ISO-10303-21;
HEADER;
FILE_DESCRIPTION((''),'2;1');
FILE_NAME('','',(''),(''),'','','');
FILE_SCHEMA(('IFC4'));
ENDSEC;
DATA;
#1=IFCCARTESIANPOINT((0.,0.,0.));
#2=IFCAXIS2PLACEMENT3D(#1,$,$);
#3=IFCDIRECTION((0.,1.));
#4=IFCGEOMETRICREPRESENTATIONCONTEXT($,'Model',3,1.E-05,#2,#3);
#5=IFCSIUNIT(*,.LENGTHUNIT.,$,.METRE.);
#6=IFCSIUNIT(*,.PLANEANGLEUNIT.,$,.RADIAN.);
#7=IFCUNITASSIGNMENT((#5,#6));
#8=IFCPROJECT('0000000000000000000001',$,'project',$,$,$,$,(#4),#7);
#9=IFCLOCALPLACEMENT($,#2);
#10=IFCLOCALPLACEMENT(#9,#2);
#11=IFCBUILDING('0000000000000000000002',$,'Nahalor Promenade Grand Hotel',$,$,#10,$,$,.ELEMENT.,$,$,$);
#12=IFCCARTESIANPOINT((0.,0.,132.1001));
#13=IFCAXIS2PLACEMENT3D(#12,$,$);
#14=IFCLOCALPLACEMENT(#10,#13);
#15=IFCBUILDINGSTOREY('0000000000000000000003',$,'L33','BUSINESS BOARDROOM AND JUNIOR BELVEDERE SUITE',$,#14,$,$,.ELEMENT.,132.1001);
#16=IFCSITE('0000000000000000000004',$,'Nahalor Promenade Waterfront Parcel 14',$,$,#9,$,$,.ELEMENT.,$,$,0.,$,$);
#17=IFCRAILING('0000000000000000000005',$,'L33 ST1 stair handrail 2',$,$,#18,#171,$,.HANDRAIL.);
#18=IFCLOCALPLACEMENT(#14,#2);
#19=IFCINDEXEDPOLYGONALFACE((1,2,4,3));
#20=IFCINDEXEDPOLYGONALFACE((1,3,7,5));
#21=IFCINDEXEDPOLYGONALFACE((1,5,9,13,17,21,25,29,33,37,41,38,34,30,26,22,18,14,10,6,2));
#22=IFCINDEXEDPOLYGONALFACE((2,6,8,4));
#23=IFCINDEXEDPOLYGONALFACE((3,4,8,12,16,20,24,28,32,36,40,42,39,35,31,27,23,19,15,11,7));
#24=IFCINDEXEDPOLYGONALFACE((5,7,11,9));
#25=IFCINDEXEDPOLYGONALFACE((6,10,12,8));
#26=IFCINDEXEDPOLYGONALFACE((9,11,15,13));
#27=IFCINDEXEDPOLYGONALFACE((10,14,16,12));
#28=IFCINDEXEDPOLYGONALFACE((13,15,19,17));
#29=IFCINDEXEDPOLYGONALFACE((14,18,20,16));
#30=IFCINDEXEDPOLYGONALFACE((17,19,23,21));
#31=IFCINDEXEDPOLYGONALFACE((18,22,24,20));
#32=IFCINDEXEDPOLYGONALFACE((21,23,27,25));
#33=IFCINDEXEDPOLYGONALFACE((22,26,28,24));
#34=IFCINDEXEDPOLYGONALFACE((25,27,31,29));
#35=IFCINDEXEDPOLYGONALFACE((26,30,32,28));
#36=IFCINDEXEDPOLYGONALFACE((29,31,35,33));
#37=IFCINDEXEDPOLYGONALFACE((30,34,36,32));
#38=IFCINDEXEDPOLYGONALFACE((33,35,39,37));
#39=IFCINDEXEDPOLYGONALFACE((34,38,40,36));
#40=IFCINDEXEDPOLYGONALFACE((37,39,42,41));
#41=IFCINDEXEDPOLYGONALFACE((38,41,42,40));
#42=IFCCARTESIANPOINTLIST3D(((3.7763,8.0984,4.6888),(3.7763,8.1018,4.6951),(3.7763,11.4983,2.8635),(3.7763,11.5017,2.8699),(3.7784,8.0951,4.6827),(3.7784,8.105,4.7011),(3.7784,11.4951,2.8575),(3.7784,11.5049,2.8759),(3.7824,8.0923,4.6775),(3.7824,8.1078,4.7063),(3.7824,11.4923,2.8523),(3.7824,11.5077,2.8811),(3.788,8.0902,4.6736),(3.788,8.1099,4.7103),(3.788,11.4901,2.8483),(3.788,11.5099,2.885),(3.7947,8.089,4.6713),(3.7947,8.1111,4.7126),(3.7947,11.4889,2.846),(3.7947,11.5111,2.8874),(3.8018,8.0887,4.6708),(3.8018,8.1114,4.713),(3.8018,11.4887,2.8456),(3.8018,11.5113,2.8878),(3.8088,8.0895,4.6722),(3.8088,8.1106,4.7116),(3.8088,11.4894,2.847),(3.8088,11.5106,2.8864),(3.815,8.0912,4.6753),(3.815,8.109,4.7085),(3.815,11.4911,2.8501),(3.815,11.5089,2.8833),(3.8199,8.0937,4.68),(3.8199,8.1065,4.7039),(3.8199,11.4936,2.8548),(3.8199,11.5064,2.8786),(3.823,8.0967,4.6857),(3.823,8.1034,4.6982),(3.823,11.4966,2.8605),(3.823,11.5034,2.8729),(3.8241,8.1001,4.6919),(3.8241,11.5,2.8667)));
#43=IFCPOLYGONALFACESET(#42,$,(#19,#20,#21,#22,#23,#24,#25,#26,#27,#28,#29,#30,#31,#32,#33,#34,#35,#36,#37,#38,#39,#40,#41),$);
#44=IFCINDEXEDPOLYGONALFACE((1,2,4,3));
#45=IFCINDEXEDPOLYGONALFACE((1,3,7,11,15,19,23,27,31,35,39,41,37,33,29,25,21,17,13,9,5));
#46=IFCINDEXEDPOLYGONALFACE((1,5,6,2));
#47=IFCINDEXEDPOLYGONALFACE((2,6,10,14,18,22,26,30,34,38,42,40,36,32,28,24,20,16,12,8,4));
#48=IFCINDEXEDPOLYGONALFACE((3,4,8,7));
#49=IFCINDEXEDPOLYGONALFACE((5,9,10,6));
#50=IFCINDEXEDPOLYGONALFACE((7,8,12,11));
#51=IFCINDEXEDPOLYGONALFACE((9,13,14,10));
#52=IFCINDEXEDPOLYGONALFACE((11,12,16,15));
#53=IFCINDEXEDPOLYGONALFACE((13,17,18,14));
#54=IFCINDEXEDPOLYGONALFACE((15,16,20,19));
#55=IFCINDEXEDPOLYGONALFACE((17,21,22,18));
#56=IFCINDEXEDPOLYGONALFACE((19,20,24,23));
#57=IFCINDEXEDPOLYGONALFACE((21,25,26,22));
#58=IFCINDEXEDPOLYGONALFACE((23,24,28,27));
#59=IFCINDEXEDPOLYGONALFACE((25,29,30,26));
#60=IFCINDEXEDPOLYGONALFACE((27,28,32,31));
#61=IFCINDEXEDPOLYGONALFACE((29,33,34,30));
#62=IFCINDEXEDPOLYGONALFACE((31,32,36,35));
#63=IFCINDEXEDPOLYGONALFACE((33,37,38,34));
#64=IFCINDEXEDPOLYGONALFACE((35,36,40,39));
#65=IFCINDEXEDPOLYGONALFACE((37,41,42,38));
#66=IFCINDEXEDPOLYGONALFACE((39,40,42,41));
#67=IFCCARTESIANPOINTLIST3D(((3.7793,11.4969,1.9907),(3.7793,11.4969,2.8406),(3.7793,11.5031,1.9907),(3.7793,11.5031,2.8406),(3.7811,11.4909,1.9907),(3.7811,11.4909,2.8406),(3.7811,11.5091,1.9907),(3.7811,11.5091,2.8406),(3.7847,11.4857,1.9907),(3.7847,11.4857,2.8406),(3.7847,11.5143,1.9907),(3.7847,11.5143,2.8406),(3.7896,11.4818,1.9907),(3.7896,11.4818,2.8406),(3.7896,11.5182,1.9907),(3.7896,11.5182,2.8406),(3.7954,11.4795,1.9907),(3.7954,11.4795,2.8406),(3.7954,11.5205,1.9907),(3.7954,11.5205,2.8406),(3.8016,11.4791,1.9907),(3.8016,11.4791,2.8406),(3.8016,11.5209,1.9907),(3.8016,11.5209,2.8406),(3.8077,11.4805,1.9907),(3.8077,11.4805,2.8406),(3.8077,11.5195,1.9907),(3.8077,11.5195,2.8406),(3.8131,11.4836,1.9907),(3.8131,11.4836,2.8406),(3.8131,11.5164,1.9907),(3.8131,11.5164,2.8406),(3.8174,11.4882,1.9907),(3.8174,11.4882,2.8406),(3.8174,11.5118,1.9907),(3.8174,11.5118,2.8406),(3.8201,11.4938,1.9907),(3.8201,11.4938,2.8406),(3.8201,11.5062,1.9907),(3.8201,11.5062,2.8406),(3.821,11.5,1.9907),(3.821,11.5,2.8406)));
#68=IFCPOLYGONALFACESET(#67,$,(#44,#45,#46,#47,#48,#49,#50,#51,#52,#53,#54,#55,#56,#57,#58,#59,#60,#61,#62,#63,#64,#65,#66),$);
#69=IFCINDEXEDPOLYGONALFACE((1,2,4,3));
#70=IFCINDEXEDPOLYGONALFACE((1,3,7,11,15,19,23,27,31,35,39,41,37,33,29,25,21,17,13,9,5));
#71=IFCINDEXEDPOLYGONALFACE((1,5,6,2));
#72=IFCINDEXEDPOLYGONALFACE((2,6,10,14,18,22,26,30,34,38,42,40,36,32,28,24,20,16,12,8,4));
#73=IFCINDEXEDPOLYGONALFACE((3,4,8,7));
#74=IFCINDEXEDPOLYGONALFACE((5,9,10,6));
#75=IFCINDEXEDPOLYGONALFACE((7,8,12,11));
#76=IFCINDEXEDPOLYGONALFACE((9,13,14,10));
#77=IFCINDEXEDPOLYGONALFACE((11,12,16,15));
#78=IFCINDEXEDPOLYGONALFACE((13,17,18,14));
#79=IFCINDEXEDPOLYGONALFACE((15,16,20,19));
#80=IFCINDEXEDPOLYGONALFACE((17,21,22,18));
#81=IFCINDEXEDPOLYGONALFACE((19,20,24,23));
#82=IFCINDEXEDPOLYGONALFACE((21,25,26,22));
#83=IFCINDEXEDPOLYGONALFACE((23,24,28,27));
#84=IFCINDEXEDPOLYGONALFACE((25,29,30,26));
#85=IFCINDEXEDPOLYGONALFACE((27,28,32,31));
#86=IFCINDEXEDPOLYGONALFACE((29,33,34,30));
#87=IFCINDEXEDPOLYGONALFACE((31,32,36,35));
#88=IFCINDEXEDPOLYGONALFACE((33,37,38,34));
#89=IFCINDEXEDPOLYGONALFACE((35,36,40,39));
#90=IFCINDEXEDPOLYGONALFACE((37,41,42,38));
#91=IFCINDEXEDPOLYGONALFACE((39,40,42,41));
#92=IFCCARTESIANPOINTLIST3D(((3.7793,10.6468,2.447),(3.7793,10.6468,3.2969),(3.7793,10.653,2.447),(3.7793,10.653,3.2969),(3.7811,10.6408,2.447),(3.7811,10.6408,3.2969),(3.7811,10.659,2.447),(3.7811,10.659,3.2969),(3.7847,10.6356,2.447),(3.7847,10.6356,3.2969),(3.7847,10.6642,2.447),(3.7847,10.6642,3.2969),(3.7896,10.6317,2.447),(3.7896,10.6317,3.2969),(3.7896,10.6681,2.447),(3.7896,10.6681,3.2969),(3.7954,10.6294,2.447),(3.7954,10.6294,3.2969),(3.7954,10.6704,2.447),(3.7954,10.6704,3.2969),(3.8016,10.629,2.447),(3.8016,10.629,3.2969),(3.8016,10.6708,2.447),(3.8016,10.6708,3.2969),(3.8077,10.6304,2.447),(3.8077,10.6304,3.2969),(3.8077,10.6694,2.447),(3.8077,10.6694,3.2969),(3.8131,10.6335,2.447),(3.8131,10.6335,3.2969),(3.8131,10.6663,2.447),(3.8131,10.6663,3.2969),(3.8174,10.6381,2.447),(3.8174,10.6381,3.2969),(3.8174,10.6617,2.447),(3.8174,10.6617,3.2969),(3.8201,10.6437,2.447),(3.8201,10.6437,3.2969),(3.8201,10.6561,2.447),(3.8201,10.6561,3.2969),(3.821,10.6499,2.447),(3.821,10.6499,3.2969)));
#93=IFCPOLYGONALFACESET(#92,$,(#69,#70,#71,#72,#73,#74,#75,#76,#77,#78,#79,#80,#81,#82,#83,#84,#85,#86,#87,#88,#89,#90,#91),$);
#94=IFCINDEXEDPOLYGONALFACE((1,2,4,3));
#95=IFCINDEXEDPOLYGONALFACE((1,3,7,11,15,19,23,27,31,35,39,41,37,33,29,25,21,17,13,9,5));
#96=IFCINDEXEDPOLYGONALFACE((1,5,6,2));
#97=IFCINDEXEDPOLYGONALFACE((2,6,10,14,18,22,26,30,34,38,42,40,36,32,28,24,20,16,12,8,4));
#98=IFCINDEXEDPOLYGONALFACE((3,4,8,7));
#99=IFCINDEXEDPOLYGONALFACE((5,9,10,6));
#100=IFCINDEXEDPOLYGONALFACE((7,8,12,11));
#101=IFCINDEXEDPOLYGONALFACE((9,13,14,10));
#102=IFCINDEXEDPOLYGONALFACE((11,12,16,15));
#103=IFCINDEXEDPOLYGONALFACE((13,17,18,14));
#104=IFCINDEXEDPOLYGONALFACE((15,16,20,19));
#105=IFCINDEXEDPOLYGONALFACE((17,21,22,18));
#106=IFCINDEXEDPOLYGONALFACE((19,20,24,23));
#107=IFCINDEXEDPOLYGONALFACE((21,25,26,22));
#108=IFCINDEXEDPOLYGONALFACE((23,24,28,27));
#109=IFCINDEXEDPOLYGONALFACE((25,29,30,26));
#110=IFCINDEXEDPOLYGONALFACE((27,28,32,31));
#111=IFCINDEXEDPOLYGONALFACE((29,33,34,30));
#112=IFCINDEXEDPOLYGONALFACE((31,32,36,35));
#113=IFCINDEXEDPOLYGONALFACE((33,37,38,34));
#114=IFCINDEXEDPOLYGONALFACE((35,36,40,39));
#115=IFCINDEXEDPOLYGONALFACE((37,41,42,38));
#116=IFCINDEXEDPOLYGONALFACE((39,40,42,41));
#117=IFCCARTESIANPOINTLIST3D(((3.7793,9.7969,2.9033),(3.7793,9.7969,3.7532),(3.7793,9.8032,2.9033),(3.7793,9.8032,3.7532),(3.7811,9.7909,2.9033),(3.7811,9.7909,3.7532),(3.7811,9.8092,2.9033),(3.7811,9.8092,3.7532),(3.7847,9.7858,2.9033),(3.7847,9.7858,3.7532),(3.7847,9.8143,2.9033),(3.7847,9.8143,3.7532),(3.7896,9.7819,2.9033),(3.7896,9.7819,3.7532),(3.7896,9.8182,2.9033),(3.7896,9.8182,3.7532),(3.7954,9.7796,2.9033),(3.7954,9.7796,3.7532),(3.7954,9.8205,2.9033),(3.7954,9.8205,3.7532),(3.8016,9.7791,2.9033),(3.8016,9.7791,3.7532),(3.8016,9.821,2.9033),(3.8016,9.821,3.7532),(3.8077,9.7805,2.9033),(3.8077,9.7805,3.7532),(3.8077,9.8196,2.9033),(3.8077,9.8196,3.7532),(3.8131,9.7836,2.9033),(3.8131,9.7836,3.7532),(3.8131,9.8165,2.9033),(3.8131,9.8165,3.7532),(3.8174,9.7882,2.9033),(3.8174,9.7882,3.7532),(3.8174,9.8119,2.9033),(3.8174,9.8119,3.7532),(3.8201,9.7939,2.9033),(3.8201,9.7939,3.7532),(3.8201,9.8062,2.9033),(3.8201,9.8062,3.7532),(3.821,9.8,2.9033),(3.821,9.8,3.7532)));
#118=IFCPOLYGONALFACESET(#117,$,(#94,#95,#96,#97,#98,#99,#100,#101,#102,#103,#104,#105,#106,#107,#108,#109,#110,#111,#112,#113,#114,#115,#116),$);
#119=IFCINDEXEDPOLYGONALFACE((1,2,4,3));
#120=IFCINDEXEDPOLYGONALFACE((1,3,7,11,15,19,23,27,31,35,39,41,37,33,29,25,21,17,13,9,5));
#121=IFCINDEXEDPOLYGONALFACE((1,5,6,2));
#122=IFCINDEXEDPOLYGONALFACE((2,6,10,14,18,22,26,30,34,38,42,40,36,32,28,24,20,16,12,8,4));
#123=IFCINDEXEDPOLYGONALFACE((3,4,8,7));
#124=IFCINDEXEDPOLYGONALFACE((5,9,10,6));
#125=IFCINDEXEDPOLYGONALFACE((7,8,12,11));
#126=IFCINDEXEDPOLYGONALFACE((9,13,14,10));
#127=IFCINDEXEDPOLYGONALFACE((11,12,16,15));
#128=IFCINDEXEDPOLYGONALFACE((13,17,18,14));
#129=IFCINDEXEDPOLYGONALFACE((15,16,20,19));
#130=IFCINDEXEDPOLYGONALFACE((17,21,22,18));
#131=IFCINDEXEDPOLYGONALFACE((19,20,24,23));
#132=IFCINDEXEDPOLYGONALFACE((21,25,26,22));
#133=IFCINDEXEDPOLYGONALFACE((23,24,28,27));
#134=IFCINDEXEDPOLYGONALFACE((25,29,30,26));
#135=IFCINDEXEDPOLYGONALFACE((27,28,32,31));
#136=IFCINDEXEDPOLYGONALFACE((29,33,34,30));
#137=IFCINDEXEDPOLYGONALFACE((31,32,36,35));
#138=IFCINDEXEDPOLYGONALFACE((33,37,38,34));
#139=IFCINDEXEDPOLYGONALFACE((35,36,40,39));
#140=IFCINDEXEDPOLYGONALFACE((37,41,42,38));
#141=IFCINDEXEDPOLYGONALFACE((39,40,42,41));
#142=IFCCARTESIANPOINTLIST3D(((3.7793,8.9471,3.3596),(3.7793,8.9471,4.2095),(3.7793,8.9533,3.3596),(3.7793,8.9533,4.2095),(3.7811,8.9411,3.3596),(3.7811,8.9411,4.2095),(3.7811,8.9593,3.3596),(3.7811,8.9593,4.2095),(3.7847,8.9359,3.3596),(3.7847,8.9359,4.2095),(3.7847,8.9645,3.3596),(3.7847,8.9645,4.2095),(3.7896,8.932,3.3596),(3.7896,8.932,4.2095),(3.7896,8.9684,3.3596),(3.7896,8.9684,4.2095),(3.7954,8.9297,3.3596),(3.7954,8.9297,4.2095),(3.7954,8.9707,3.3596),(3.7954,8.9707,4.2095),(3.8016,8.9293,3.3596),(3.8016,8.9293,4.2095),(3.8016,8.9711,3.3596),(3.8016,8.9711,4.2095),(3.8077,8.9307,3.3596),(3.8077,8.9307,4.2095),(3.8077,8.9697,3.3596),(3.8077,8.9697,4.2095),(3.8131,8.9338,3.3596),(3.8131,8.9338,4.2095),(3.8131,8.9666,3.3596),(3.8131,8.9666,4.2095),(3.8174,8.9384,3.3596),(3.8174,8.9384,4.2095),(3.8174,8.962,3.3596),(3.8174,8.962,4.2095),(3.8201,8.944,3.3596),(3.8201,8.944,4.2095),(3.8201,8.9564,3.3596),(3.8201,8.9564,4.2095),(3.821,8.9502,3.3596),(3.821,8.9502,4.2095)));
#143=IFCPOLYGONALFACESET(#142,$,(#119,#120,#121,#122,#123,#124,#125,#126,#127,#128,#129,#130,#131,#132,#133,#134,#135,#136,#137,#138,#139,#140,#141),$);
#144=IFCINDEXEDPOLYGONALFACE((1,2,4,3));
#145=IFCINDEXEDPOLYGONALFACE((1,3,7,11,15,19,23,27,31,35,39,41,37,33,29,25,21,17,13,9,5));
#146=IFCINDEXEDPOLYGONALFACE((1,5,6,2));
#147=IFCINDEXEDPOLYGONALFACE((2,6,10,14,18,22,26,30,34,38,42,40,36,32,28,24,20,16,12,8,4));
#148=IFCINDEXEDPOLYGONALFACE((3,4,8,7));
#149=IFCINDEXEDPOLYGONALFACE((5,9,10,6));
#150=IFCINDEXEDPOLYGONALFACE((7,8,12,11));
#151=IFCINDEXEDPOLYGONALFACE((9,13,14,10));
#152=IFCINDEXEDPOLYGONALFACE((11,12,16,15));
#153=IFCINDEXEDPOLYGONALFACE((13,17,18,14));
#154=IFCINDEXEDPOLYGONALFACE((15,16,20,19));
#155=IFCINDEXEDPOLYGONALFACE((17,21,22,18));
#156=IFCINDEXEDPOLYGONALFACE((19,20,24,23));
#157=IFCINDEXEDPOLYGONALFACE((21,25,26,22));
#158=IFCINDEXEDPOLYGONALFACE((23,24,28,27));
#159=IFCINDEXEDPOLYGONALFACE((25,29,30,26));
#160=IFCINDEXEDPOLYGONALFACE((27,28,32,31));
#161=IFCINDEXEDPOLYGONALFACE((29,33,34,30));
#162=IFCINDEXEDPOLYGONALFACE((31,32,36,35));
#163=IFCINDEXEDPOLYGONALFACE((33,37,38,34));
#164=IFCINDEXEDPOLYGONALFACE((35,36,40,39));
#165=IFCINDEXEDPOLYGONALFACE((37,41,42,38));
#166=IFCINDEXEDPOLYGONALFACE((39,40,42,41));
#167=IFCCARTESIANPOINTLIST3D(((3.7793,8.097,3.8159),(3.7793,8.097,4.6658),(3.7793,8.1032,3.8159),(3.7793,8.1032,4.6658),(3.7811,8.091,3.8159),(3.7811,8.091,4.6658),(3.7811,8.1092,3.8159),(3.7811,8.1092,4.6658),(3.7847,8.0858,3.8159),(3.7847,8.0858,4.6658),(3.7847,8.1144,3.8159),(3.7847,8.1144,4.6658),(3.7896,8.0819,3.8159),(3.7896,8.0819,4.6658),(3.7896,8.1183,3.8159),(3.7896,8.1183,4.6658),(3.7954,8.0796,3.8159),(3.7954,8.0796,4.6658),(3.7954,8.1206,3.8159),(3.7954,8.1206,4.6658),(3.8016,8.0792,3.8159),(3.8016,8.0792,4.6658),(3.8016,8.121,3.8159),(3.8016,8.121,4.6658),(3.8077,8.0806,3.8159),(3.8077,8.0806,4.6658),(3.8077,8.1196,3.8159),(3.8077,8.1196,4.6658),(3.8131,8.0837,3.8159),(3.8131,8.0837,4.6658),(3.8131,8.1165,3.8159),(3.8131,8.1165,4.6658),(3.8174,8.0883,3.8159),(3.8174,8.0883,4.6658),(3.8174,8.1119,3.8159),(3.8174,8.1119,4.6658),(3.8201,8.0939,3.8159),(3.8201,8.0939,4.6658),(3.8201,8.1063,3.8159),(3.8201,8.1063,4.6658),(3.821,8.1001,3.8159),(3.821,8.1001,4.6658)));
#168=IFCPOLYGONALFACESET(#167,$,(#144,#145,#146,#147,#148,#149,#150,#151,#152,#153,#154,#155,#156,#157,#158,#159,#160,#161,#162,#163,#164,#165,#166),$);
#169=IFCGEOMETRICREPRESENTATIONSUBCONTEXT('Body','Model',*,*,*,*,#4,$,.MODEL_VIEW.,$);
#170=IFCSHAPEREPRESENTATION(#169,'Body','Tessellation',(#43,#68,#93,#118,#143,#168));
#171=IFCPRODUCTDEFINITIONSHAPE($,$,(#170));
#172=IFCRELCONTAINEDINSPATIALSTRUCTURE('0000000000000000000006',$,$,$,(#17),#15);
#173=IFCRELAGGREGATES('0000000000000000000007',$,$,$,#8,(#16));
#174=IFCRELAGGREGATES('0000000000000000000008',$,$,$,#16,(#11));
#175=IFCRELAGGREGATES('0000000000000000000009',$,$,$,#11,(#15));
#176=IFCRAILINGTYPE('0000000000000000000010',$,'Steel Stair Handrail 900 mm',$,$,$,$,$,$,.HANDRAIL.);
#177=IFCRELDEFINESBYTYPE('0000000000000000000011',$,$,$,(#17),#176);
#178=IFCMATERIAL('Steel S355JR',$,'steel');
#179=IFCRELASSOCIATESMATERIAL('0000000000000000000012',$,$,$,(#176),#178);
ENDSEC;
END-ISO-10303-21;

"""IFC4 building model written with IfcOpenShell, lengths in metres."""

from ifc_helpers import new_model, si_unit, direction, frame, origin, origin_2d, place, context, subcontext, project, spatial, circle, extrude, material, type_object, element, save


model = new_model("IFC4")

# Units and contexts
model_context = context("Model", 3, precision=1e-05, world=origin(), true_north=direction((0.0, 1.0)))
body_context = subcontext(model_context, "Body", "Model", "MODEL_VIEW")
ifc_project = project(units=[si_unit("LENGTHUNIT", "METRE"), si_unit("PLANEANGLEUNIT", "RADIAN")], contexts=[model_context])

# Site, building, storey
site_placement = place(None, origin())
site = spatial("IfcSite", under=ifc_project, at=site_placement, Name="Nahalor Promenade Waterfront Parcel 14", CompositionType="ELEMENT", RefElevation=0.0)
building_placement = place(site_placement, origin())
building = spatial("IfcBuilding", under=site, at=building_placement, Name="Nahalor Promenade Grand Hotel", CompositionType="ELEMENT")
storey_placement = place(building_placement, frame((0.0, 0.0, 132.1001)))
storey = spatial("IfcBuildingStorey", under=building, at=storey_placement, Name="L33", Description="BUSINESS BOARDROOM AND JUNIOR BELVEDERE SUITE", CompositionType="ELEMENT", Elevation=132.1001)

# Shared definitions
ifc_material_1 = material(Name="Steel S355JR", Category="steel")

# Railing
railing_type_1 = type_object("IfcRailingType", Name="Steel Stair Handrail 900 mm", PredefinedType="HANDRAIL", material=ifc_material_1)
railing_1_placement = place(storey_placement, frame((3.8, 11.5, 1.9907)))
element("IfcRailing", 1, at=railing_1_placement, inside=storey, type_object=railing_type_1, Name="L33 ST1 stair handrail 2", PredefinedType="HANDRAIL", context=body_context, shape_type="SweptSolid", body=[
    extrude(circle(Radius=0.024, at=origin_2d()), frame((0.0, 0.0, 0.876), z_axis=(0.0, -0.881068, 0.47299), x_axis=(1.0, 0.0, 0.0)), (0.0, 0.0, 1.0), 3.8589),
    extrude(circle(Radius=0.021, at=origin_2d()), origin(), (0.0, 0.0, 1.0), 0.8499),
    extrude(circle(Radius=0.021, at=origin_2d()), frame((0.0, -0.8501, 0.4563)), (0.0, 0.0, 1.0), 0.8499),
    extrude(circle(Radius=0.021, at=origin_2d()), frame((0.0, -1.7, 0.9126)), (0.0, 0.0, 1.0), 0.8499),
    extrude(circle(Radius=0.021, at=origin_2d()), frame((0.0, -2.5498, 1.3689)), (0.0, 0.0, 1.0), 0.8499),
    extrude(circle(Radius=0.021, at=origin_2d()), frame((0.0, -3.3999, 1.8252)), (0.0, 0.0, 1.0), 0.8499),
])

save(model, "model.ifc")
